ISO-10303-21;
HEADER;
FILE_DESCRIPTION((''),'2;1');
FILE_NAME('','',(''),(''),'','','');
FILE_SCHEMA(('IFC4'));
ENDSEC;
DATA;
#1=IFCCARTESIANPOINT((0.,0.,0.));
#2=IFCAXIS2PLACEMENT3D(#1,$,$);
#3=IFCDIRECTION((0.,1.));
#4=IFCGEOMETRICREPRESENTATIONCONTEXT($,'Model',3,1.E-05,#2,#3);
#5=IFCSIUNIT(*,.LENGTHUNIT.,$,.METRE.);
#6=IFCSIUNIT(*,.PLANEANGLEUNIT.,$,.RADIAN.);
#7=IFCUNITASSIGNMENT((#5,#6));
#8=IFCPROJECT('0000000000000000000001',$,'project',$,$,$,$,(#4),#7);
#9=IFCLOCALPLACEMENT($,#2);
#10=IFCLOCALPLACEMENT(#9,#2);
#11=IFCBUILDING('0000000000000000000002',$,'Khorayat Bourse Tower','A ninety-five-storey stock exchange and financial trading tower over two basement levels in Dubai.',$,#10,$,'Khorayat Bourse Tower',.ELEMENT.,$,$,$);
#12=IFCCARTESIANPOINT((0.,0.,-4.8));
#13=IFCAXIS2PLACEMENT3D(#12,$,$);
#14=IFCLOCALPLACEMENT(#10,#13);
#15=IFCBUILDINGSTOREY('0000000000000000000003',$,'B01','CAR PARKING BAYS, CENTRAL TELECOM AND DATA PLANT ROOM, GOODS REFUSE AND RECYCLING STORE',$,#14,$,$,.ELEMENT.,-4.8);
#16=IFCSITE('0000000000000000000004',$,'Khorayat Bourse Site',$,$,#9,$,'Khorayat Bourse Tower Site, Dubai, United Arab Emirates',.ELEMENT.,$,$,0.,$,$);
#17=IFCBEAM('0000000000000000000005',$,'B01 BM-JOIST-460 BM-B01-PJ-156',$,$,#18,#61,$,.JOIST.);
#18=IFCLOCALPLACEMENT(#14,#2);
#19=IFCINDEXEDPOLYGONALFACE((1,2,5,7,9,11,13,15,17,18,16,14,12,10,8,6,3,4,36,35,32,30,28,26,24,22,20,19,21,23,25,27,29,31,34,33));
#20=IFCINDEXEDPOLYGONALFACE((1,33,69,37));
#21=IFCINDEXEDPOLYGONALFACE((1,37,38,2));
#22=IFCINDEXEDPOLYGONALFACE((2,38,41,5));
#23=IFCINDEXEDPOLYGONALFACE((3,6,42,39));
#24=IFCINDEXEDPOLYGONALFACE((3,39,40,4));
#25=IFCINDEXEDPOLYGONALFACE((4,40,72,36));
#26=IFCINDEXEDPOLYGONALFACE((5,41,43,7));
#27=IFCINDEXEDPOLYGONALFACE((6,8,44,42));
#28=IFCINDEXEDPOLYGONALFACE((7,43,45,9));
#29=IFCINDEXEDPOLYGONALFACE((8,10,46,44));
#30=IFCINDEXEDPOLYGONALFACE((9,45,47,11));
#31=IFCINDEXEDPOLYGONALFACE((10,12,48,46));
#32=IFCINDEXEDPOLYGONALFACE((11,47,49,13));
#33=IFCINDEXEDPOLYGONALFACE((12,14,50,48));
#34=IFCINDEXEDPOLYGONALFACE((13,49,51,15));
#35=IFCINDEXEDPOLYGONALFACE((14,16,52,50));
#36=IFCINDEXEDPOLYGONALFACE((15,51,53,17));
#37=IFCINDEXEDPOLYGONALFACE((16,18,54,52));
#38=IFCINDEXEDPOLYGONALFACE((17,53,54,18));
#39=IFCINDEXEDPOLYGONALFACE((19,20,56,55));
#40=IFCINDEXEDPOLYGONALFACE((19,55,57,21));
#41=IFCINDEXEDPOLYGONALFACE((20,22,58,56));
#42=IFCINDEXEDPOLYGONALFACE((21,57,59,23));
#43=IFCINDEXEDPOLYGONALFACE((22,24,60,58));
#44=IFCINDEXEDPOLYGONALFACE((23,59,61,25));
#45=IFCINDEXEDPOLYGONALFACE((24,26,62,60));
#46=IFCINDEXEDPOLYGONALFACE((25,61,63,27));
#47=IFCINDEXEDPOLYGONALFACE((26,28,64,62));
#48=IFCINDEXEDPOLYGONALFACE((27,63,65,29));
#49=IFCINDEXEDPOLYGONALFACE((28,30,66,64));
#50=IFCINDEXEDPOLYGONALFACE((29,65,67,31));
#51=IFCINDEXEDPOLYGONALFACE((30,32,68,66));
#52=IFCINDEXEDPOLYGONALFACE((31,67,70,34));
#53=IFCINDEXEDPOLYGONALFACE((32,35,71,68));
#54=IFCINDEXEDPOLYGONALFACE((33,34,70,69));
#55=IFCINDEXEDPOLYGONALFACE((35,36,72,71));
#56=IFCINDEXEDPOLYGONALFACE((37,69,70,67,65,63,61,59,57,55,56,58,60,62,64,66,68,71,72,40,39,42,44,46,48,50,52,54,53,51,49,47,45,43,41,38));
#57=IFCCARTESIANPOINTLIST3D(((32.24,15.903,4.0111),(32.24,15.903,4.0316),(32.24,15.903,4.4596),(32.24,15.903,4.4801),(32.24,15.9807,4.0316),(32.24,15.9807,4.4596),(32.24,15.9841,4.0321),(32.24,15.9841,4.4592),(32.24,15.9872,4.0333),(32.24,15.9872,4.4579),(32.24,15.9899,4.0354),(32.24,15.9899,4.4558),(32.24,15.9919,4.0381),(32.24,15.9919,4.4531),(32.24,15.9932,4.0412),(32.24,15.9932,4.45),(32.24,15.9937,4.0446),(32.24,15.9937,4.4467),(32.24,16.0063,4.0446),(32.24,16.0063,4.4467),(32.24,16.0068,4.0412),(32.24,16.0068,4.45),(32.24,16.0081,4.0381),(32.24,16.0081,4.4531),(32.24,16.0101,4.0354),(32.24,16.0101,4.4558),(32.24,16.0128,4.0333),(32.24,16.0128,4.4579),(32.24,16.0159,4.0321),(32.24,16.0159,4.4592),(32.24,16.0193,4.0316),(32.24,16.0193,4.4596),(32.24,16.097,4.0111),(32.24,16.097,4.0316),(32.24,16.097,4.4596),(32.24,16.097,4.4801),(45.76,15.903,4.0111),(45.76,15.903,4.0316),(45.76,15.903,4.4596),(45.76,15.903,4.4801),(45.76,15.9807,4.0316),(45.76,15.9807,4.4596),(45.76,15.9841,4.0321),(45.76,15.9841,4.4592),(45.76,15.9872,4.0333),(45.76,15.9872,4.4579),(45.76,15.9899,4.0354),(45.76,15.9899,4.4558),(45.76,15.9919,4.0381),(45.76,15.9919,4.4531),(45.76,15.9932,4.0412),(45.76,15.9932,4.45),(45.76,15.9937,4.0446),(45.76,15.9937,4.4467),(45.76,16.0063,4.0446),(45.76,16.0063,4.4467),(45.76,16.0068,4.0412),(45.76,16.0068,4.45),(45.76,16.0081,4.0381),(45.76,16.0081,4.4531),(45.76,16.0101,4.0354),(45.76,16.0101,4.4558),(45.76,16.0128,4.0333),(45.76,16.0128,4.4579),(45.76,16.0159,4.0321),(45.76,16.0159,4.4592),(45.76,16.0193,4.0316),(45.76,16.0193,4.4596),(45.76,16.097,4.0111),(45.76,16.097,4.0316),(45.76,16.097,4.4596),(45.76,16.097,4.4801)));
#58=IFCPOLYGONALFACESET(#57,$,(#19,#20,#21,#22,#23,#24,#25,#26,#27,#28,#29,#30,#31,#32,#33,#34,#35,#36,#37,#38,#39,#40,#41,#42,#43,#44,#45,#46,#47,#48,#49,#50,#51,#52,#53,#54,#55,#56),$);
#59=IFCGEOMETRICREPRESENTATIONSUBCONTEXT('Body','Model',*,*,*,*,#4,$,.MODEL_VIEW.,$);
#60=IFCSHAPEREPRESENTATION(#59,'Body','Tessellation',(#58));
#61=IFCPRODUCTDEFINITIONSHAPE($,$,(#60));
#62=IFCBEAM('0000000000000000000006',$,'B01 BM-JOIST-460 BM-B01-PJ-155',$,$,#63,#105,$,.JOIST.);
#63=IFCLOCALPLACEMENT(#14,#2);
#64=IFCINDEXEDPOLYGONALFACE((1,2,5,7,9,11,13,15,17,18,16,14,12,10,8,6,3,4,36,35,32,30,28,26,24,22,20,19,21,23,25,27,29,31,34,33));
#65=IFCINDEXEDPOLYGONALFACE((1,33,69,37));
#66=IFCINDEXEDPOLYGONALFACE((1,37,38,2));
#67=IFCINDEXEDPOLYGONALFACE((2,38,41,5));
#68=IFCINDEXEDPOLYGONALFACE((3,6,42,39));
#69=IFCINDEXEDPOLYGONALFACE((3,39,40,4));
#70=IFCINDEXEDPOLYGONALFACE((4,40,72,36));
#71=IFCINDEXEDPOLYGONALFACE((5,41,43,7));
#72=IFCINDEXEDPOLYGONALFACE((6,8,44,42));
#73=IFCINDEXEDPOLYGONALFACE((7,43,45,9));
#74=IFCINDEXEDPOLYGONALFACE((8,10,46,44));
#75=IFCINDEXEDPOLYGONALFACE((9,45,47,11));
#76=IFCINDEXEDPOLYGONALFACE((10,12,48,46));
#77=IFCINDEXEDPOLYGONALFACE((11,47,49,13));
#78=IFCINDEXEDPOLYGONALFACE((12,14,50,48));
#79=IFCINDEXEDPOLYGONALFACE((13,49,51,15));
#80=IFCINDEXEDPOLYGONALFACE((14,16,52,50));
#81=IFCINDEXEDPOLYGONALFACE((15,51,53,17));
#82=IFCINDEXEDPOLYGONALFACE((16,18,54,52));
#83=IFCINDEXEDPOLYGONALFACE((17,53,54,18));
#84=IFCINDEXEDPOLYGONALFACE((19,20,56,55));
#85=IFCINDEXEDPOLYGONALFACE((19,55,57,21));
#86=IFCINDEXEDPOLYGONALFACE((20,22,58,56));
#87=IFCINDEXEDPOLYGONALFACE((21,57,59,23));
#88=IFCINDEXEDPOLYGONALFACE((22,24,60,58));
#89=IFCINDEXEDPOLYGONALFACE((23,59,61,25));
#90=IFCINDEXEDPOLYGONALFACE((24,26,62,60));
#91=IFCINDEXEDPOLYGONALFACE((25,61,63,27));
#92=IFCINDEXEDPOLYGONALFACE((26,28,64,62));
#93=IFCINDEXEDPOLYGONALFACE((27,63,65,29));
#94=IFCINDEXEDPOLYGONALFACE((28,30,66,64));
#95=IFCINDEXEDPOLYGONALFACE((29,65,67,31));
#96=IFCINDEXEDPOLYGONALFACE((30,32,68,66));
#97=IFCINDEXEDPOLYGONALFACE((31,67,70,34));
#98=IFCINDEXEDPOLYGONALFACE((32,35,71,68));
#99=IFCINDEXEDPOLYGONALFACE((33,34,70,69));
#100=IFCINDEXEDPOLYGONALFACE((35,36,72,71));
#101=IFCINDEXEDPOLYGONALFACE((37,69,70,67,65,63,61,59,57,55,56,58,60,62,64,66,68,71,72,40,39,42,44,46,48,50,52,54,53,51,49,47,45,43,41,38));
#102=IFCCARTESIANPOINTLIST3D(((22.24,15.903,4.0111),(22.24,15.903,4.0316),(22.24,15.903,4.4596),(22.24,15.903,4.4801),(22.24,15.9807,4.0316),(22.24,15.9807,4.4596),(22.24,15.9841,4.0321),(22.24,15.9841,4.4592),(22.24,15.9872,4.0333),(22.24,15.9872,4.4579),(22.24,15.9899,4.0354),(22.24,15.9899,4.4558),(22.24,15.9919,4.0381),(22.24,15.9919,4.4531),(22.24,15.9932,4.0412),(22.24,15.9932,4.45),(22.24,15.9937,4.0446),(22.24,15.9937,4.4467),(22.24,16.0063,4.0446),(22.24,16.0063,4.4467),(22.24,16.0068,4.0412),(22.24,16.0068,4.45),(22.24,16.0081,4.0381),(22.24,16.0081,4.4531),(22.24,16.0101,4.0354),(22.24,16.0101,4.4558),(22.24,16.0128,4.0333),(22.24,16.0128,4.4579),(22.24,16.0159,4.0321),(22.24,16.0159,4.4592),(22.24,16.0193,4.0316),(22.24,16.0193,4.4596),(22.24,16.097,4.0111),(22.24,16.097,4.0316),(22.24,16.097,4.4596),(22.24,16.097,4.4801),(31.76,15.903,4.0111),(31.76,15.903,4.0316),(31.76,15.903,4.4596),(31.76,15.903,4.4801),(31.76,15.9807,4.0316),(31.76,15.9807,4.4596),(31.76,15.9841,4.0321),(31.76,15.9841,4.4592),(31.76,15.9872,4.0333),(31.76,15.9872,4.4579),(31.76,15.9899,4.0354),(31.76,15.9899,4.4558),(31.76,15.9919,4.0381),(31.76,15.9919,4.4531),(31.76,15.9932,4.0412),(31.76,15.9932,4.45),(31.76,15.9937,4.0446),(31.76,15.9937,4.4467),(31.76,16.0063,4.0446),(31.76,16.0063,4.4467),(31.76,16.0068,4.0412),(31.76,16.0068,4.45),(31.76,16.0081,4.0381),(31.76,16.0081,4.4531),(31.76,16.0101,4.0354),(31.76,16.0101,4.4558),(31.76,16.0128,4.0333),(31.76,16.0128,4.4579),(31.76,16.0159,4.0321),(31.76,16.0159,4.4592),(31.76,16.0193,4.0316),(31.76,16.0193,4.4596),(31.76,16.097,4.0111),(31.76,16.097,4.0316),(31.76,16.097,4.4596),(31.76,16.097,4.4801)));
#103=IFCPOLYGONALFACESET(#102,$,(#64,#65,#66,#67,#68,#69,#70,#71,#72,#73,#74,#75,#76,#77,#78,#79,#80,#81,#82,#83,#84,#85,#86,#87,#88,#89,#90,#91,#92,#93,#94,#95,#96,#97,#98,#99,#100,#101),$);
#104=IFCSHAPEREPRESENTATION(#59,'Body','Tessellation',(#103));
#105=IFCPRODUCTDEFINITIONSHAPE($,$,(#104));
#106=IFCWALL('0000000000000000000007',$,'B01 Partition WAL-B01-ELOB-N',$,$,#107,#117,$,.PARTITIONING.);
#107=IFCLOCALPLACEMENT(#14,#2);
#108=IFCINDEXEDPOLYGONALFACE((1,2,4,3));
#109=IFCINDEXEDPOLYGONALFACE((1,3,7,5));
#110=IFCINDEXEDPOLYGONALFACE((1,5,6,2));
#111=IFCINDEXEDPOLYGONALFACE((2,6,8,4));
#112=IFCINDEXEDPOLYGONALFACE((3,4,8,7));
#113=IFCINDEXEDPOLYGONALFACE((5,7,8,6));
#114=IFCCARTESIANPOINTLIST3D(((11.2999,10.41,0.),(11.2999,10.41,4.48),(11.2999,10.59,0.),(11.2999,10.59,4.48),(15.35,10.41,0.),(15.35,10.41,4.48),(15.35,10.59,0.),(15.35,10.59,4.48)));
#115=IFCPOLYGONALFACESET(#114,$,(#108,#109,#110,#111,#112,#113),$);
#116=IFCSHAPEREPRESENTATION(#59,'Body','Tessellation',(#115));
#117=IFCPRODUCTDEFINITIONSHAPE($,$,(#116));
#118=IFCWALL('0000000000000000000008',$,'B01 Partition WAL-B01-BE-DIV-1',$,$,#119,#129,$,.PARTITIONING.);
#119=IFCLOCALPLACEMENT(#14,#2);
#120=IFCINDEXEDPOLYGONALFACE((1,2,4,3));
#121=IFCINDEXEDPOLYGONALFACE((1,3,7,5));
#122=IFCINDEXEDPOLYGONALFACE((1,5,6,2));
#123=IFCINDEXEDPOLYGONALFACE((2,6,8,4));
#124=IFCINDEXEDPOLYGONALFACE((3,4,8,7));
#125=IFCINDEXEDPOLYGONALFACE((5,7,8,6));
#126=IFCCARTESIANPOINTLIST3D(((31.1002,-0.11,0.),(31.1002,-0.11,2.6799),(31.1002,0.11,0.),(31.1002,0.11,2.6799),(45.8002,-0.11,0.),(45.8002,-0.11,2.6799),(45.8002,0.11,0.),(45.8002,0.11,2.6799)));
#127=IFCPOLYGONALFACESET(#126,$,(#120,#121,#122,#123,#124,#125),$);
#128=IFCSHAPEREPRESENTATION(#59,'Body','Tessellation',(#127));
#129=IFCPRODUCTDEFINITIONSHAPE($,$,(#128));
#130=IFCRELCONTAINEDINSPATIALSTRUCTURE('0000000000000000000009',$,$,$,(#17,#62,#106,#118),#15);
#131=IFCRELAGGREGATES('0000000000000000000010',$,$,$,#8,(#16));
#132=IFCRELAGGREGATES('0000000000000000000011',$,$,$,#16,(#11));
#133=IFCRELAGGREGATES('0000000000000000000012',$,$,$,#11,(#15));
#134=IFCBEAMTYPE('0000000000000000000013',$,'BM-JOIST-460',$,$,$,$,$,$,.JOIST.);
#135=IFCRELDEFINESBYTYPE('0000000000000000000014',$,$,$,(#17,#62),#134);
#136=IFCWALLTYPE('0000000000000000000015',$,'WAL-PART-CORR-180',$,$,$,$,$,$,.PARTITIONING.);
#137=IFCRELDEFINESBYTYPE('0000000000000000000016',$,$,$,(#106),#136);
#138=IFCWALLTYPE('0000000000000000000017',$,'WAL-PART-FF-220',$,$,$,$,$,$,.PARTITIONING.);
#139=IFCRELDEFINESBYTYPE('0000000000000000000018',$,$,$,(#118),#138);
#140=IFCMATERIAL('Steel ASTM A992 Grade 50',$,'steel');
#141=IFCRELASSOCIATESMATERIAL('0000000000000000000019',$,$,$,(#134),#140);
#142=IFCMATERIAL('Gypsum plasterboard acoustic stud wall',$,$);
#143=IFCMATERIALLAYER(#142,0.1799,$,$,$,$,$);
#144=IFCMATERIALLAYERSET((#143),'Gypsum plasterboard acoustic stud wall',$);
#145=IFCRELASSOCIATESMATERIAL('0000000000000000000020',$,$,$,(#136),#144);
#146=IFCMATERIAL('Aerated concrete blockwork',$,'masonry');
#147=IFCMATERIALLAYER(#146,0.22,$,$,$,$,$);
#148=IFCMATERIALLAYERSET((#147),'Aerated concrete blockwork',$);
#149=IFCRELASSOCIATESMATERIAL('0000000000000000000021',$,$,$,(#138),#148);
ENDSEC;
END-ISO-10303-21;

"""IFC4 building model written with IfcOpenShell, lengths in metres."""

from ifc_helpers import new_model, si_unit, direction, frame, frame_2d, origin, origin_2d, place, context, subcontext, project, spatial, rectangle, i_section, extrude, source, transform, mapped, material, layer, layer_set, material_profile, profile_set, type_object, element, save


model = new_model("IFC4")

# Units and contexts
model_context = context("Model", 3, precision=1e-05, world=origin(), true_north=direction((0.0, 1.0)))
body_context = subcontext(model_context, "Body", "Model", "MODEL_VIEW")
ifc_project = project(units=[si_unit("LENGTHUNIT", "METRE"), si_unit("PLANEANGLEUNIT", "RADIAN")], contexts=[model_context])

# Site, building, storey
site_placement = place(None, origin())
site = spatial("IfcSite", under=ifc_project, at=site_placement, Name="Khorayat Bourse Site", LongName="Khorayat Bourse Tower Site, Dubai, United Arab Emirates", CompositionType="ELEMENT", RefElevation=0.0)
building_placement = place(site_placement, origin())
building = spatial("IfcBuilding", under=site, at=building_placement, Name="Khorayat Bourse Tower", Description="A ninety-five-storey stock exchange and financial trading tower over two basement levels in Dubai.", LongName="Khorayat Bourse Tower", CompositionType="ELEMENT")
storey_placement = place(building_placement, frame((0.0, 0.0, -4.8)))
storey = spatial("IfcBuildingStorey", under=building, at=storey_placement, Name="B01", Description="CAR PARKING BAYS, CENTRAL TELECOM AND DATA PLANT ROOM, GOODS REFUSE AND RECYCLING STORE", CompositionType="ELEMENT", Elevation=-4.8)

# Beams
ifc_material_1 = material(Name="Steel ASTM A992 Grade 50", Category="steel")
ifc_material_profile_1 = material_profile(ifc_material_1, i_section(OverallWidth=0.1941, OverallDepth=0.469, WebThickness=0.0127, FlangeThickness=0.0205, FilletRadius=0.0129, at=origin_2d()), Name="W460X106")
ifc_profile_set_1 = profile_set([ifc_material_profile_1], Name="Steel ASTM A992 Grade 50")
beam_type_1 = type_object("IfcBeamType", Name="BM-JOIST-460", PredefinedType="JOIST", material=ifc_profile_set_1)
shared_shape_1 = source(origin(), body_context, "Body", "SweptSolid", [
    extrude(i_section(OverallWidth=0.1941, OverallDepth=0.469, WebThickness=0.0127, FlangeThickness=0.0205, FilletRadius=0.0129, at=origin_2d()), origin(), (0.0, 0.0, 1.0), 13.52),
])
beam_1_placement = place(storey_placement, frame((32.24, 16.0, 4.2456), z_axis=(1.0, 0.0, 0.0), x_axis=(0.0, 1.0, 0.0)))
element("IfcBeam", 1, at=beam_1_placement, inside=storey, type_object=beam_type_1, Name="B01 BM-JOIST-460 BM-B01-PJ-156", PredefinedType="JOIST", context=body_context, shape_type="MappedRepresentation", body=[
    mapped(shared_shape_1, transform((0.0, 0.0, 0.0), scale=1.0)),
])
shared_shape_2 = source(origin(), body_context, "Body", "SweptSolid", [
    extrude(i_section(OverallWidth=0.1941, OverallDepth=0.469, WebThickness=0.0127, FlangeThickness=0.0205, FilletRadius=0.0129, at=origin_2d()), origin(), (0.0, 0.0, 1.0), 9.52),
])
beam_2_placement = place(storey_placement, frame((22.24, 16.0, 4.2456), z_axis=(1.0, 0.0, 0.0), x_axis=(0.0, 1.0, 0.0)))
element("IfcBeam", 2, at=beam_2_placement, inside=storey, type_object=beam_type_1, Name="B01 BM-JOIST-460 BM-B01-PJ-155", PredefinedType="JOIST", context=body_context, shape_type="MappedRepresentation", body=[
    mapped(shared_shape_2, transform((0.0, 0.0, 0.0), scale=1.0)),
])

# Walls
ifc_material_2 = material(Name="Gypsum plasterboard acoustic stud wall")
ifc_layer_1 = layer(ifc_material_2, 0.1799)
ifc_layer_set_1 = layer_set([ifc_layer_1], Name="Gypsum plasterboard acoustic stud wall")
wall_type_1 = type_object("IfcWallType", Name="WAL-PART-CORR-180", PredefinedType="PARTITIONING", material=ifc_layer_set_1)
shared_shape_3 = source(origin(), body_context, "Body", "SweptSolid", [
    extrude(rectangle(XDim=4.05, YDim=0.1799, at=frame_2d((2.0249, 0.0))), origin(), (0.0, 0.0, 1.0), 4.48),
])
wall_1_placement = place(storey_placement, frame((11.3, 10.5, 0.0), z_axis=(0.0, 0.0, 1.0), x_axis=(1.0, 0.0, 0.0)))
element("IfcWall", 3, at=wall_1_placement, inside=storey, type_object=wall_type_1, Name="B01 Partition WAL-B01-ELOB-N", PredefinedType="PARTITIONING", context=body_context, shape_type="MappedRepresentation", body=[
    mapped(shared_shape_3, transform((0.0, 0.0, 0.0), scale=1.0)),
])
ifc_material_3 = material(Name="Aerated concrete blockwork", Category="masonry")
ifc_layer_2 = layer(ifc_material_3, 0.22)
ifc_layer_set_2 = layer_set([ifc_layer_2], Name="Aerated concrete blockwork")
wall_type_2 = type_object("IfcWallType", Name="WAL-PART-FF-220", PredefinedType="PARTITIONING", material=ifc_layer_set_2)
shared_shape_4 = source(origin(), body_context, "Body", "SweptSolid", [
    extrude(rectangle(XDim=14.7, YDim=0.22, at=frame_2d((7.3501, 0.0))), origin(), (0.0, 0.0, 1.0), 2.6799),
])
wall_2_placement = place(storey_placement, frame((31.1001, 0.0, 0.0), z_axis=(0.0, 0.0, 1.0), x_axis=(1.0, 0.0, 0.0)))
element("IfcWall", 4, at=wall_2_placement, inside=storey, type_object=wall_type_2, Name="B01 Partition WAL-B01-BE-DIV-1", PredefinedType="PARTITIONING", context=body_context, shape_type="MappedRepresentation", body=[
    mapped(shared_shape_4, transform((0.0, 0.0, 0.0), scale=1.0)),
])

save(model, "model.ifc")
